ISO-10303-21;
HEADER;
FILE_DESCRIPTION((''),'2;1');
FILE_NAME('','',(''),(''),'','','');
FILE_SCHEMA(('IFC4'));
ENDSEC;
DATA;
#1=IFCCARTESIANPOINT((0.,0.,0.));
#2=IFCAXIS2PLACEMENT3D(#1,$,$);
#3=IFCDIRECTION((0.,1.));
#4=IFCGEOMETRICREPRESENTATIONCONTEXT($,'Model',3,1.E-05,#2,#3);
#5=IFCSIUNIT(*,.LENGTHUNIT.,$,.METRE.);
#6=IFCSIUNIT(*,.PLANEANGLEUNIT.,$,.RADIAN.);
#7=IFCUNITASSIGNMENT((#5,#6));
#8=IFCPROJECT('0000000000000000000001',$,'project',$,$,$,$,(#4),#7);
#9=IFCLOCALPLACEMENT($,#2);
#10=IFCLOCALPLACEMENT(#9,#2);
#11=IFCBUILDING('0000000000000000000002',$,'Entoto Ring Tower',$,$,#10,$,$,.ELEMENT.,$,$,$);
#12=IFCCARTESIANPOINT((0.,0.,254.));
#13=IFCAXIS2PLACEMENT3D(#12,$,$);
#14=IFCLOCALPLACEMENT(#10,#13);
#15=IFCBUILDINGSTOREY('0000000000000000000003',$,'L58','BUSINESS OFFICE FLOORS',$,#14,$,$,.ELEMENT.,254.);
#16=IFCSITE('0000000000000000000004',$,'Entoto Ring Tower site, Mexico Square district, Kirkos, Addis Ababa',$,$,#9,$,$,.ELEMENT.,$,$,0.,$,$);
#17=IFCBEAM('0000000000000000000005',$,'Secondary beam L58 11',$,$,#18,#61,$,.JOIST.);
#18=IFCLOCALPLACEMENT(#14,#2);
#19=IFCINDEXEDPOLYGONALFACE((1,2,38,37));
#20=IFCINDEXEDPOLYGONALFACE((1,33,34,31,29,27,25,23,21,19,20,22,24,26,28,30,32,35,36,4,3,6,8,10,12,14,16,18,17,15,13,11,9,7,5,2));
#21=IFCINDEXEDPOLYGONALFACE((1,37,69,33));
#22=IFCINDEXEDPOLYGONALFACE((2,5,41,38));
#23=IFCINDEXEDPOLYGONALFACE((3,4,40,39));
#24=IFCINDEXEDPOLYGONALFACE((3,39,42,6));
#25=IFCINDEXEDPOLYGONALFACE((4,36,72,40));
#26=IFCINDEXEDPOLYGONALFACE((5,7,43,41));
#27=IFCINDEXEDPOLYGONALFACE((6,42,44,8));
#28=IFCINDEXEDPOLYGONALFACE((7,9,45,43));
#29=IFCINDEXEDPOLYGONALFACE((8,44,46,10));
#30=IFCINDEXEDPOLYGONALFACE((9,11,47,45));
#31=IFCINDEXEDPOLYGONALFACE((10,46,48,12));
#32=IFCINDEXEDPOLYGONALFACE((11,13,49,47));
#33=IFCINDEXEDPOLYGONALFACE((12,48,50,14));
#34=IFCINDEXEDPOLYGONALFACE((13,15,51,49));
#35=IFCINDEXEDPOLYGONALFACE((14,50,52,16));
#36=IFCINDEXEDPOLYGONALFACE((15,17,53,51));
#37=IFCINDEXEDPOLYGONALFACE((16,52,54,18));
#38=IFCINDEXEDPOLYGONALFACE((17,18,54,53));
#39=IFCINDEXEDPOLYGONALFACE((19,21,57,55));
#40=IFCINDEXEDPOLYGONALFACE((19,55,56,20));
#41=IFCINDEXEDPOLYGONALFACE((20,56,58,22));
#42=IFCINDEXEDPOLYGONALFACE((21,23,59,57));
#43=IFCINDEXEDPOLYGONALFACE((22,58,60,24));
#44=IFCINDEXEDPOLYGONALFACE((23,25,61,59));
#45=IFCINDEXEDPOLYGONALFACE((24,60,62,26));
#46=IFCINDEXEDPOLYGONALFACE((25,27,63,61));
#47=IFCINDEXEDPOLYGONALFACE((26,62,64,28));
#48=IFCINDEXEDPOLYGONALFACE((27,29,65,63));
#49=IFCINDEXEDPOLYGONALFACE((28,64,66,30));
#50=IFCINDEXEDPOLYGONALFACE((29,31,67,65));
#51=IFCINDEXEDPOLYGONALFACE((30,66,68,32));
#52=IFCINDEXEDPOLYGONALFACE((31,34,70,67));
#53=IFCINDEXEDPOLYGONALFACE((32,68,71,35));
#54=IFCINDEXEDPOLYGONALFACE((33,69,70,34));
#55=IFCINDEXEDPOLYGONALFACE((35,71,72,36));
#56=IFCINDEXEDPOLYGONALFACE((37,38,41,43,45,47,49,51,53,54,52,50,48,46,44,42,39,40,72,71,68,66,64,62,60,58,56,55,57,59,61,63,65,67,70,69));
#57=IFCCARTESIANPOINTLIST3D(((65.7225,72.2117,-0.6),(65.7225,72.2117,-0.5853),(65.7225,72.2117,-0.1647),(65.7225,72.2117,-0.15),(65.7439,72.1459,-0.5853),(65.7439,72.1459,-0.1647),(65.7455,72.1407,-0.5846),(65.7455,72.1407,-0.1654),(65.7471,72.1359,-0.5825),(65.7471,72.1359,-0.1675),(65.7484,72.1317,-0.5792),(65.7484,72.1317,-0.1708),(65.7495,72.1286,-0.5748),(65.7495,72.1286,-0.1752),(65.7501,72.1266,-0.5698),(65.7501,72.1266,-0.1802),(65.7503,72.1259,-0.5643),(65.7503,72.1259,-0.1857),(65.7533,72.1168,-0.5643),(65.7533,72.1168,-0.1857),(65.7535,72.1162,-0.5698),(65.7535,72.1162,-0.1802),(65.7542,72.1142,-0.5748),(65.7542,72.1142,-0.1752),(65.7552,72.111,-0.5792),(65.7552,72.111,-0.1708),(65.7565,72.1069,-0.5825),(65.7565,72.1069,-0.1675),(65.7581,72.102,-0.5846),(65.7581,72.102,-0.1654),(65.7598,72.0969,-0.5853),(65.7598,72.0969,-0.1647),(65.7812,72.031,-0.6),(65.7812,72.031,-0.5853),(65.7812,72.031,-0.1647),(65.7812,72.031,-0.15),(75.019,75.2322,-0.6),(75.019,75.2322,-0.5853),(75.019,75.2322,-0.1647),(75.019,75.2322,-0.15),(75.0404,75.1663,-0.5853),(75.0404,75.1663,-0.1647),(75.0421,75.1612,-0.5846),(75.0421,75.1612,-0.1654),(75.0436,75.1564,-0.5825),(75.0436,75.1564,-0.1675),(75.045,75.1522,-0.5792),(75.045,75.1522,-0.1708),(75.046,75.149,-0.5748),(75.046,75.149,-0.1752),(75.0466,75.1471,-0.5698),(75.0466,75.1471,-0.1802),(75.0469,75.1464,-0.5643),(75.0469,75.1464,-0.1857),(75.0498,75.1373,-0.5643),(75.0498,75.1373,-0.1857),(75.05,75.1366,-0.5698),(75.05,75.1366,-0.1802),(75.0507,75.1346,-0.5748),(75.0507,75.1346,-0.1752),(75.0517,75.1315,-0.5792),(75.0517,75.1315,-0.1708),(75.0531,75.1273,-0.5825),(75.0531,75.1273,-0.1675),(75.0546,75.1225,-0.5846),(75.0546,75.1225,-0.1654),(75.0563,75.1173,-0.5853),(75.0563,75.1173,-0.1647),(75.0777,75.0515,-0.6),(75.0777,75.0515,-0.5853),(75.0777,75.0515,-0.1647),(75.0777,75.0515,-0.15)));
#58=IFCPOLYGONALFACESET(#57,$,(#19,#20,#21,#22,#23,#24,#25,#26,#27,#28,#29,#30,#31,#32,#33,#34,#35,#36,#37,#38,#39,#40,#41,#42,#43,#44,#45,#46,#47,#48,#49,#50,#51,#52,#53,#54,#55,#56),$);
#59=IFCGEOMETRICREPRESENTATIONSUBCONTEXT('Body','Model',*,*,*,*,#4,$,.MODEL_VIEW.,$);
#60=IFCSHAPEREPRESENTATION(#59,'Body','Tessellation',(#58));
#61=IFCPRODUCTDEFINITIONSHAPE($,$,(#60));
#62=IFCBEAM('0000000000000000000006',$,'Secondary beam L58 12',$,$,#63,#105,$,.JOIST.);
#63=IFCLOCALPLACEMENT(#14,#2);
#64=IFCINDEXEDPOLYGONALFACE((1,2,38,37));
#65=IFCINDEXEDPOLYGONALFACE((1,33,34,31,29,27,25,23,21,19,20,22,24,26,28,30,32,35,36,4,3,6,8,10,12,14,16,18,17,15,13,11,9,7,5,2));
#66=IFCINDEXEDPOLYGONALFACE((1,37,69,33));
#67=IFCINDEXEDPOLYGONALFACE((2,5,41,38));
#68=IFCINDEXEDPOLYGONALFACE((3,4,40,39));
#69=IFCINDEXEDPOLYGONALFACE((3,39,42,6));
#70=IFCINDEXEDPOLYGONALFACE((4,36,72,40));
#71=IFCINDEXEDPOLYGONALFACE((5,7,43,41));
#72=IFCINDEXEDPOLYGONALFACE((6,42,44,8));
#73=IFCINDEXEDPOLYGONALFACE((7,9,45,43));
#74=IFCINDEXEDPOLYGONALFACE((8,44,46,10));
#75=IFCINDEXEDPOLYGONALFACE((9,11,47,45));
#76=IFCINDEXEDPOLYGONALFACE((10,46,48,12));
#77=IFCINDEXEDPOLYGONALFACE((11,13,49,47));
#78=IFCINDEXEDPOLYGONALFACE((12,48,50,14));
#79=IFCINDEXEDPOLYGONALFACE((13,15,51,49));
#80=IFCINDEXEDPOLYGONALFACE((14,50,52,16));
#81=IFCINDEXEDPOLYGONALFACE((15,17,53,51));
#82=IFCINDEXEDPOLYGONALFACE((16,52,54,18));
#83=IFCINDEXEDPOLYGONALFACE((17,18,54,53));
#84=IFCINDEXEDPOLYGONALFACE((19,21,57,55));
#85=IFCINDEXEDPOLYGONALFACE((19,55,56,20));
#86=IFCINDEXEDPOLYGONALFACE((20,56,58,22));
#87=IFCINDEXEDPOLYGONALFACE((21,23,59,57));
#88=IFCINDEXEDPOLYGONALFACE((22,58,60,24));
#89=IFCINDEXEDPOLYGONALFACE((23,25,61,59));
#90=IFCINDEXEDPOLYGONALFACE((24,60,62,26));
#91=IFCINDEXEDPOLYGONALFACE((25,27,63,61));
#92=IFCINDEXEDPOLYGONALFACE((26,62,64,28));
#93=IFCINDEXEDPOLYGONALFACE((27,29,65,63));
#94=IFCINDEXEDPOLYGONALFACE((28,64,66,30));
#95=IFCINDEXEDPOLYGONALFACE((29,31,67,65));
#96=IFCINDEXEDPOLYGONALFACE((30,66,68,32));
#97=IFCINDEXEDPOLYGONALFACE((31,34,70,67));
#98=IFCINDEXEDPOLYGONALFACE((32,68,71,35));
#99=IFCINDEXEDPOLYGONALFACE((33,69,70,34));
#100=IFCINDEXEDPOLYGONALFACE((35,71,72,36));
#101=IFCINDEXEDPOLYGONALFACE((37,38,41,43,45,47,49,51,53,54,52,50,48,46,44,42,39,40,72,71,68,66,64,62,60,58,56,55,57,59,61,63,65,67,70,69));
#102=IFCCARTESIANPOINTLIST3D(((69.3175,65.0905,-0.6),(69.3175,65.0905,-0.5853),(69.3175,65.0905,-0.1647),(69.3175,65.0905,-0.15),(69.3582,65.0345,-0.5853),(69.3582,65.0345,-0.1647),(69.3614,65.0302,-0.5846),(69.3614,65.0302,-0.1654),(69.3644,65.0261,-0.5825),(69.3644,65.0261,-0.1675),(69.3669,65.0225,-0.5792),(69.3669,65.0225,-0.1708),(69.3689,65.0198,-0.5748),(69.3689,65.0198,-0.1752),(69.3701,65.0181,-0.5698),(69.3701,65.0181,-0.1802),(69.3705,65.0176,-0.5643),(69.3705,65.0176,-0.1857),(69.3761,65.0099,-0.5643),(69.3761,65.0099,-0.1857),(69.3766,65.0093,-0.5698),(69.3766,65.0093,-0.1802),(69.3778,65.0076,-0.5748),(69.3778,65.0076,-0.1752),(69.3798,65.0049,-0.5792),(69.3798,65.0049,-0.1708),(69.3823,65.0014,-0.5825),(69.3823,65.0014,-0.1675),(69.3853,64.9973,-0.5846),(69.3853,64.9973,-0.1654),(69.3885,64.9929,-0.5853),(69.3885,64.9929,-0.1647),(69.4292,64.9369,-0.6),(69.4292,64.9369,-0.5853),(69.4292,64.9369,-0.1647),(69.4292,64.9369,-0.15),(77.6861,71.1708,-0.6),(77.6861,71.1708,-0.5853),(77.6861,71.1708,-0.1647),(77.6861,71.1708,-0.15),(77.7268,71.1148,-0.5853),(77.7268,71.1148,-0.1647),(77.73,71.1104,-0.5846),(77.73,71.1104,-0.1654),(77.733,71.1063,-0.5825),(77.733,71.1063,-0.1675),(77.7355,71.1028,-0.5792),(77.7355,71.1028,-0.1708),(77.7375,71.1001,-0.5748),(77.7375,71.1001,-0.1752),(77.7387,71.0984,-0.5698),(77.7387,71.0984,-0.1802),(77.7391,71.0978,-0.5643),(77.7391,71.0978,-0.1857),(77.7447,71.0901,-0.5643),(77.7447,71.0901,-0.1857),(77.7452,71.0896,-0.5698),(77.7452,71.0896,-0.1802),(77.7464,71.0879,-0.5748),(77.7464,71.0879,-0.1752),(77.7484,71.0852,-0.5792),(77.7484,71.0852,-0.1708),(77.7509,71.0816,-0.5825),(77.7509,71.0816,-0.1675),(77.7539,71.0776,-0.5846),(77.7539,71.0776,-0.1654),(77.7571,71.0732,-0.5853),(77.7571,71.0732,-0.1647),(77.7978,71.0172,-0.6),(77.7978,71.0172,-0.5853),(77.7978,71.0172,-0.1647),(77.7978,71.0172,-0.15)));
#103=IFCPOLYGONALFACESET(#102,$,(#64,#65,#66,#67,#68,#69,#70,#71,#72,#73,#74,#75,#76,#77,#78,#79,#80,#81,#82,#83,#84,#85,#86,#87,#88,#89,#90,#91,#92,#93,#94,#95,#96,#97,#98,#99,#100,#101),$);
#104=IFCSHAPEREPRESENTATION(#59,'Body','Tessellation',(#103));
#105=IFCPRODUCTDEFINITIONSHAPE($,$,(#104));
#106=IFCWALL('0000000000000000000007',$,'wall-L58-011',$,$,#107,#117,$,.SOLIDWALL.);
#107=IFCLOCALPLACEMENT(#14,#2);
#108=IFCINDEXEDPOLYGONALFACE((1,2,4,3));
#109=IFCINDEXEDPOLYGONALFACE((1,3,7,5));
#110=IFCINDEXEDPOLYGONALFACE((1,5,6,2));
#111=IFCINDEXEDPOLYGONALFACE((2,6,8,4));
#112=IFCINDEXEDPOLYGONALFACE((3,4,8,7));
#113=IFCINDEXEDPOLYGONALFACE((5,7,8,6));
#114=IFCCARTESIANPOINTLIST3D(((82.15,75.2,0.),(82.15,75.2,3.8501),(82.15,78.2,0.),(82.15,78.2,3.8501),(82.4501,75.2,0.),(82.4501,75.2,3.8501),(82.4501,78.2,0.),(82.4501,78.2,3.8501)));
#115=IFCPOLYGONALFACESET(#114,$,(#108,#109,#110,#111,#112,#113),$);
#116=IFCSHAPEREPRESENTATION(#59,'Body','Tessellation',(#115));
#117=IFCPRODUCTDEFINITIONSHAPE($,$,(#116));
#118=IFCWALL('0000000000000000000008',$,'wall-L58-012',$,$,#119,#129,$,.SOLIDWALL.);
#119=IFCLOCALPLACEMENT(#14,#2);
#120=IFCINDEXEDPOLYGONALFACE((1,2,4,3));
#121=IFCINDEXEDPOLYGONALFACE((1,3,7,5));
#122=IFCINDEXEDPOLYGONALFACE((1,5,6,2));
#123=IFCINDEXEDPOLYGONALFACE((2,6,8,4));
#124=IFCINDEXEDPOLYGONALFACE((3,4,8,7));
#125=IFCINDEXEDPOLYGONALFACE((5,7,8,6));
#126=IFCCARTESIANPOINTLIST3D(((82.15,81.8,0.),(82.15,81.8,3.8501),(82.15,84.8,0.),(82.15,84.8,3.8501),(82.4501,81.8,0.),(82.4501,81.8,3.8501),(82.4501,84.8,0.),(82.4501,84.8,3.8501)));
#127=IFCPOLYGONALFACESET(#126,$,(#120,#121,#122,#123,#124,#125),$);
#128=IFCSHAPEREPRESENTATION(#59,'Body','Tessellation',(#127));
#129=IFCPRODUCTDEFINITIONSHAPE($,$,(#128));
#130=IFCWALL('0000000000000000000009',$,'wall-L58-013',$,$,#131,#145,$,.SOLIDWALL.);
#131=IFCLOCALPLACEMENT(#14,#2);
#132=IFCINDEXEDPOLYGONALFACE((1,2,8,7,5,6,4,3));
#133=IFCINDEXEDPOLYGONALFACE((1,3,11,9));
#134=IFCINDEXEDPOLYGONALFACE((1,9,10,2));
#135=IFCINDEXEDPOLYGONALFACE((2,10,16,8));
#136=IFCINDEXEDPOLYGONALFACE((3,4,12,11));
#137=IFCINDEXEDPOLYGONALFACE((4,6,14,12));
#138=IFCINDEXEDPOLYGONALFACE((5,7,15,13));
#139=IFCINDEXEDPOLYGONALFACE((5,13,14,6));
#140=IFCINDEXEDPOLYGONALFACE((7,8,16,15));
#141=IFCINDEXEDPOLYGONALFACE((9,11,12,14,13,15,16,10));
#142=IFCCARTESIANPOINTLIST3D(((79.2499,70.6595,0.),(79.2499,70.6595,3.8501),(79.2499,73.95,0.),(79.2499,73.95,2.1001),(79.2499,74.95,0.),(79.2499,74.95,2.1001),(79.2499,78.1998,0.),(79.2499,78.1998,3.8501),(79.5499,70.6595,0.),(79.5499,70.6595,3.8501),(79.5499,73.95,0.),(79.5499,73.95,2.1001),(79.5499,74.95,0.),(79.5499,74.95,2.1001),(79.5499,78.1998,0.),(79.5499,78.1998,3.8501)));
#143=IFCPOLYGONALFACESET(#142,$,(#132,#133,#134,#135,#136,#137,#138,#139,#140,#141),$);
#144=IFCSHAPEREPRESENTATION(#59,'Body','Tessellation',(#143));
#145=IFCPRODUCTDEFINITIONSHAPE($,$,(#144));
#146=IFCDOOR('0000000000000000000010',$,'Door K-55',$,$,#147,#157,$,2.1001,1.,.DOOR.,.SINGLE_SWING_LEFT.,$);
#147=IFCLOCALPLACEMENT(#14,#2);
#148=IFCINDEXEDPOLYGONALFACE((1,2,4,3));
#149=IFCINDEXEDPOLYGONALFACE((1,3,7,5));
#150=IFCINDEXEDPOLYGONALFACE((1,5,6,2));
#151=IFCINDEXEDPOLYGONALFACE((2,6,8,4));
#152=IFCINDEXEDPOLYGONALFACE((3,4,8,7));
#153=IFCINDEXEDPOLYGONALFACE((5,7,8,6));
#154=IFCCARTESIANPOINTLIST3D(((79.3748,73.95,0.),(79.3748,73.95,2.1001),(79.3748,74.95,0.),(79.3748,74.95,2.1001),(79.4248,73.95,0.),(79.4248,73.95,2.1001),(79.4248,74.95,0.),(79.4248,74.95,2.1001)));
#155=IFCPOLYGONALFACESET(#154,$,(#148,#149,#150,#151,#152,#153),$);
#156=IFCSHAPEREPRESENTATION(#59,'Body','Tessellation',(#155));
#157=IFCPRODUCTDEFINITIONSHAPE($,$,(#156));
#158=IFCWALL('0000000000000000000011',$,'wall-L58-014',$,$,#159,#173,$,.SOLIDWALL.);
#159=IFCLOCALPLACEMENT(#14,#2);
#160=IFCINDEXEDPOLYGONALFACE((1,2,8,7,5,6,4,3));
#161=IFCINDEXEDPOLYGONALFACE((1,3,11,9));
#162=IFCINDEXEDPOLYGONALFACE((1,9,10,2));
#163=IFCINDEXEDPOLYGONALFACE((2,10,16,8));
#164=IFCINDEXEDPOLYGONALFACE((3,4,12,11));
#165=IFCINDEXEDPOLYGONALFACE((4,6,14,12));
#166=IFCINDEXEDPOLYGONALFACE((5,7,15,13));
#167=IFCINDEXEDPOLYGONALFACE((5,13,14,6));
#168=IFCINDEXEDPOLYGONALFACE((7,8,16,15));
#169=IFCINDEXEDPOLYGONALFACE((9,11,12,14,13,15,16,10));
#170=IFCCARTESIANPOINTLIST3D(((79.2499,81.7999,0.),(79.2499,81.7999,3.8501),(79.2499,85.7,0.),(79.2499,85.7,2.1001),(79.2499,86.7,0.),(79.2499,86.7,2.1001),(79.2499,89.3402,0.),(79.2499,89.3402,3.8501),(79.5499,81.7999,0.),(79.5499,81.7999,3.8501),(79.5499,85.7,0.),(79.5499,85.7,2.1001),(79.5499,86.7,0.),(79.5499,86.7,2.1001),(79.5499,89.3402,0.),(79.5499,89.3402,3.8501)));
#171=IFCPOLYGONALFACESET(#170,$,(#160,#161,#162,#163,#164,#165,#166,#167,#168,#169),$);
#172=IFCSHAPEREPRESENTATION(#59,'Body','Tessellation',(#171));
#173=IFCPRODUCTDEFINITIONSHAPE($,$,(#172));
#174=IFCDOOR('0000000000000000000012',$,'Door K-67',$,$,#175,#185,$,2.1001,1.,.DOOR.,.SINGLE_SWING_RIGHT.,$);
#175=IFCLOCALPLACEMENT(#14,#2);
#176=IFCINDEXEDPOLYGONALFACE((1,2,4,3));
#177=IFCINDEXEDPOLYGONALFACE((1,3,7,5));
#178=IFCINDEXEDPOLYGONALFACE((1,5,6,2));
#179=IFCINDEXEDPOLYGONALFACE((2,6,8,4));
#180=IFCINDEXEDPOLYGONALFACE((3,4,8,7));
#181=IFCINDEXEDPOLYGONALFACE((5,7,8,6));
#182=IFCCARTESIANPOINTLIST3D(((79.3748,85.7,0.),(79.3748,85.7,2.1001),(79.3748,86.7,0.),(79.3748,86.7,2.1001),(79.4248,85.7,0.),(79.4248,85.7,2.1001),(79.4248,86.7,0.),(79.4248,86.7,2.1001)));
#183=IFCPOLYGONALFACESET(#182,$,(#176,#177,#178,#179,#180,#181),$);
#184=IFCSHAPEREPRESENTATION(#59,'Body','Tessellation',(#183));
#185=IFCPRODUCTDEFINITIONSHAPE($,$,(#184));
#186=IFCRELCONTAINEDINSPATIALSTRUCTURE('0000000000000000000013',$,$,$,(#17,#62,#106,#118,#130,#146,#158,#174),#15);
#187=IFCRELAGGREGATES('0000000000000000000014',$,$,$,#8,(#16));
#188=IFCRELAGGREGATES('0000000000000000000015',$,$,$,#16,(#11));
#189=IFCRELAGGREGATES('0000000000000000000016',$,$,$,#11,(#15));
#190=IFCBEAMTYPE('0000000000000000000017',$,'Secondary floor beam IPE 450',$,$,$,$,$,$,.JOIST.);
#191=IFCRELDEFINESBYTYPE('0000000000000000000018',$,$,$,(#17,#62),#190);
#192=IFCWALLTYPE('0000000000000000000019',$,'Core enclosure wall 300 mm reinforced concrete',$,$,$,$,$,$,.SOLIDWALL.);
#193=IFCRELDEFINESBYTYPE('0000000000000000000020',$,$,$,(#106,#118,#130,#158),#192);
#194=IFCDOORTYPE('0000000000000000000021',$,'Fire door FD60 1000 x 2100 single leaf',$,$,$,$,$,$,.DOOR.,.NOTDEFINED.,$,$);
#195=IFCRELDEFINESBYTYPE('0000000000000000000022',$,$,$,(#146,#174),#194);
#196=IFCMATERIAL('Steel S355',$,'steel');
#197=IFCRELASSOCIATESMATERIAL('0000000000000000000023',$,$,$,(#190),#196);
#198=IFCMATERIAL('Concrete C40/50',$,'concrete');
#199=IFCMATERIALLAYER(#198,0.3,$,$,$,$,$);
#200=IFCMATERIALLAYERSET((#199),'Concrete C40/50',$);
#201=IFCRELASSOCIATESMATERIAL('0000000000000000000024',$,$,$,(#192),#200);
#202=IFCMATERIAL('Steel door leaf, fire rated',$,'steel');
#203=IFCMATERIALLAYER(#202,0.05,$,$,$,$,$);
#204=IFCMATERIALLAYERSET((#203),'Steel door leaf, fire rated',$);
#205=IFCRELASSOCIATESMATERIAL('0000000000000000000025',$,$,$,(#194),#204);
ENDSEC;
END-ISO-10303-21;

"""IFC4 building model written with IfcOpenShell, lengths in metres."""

from ifc_helpers import new_model, si_unit, direction, frame, frame_2d, origin, origin_2d, place, context, subcontext, project, spatial, rectangle, i_section, extrude, material, layer, layer_set, material_profile, profile_set, type_object, element, fill, save


model = new_model("IFC4")

# Units and contexts
model_context = context("Model", 3, precision=1e-05, world=origin(), true_north=direction((0.0, 1.0)))
body_context = subcontext(model_context, "Body", "Model", "MODEL_VIEW")
ifc_project = project(units=[si_unit("LENGTHUNIT", "METRE"), si_unit("PLANEANGLEUNIT", "RADIAN")], contexts=[model_context])

# Site, building, storey
site_placement = place(None, origin())
site = spatial("IfcSite", under=ifc_project, at=site_placement, Name="Entoto Ring Tower site, Mexico Square district, Kirkos, Addis Ababa", CompositionType="ELEMENT", RefElevation=0.0)
building_placement = place(site_placement, origin())
building = spatial("IfcBuilding", under=site, at=building_placement, Name="Entoto Ring Tower", CompositionType="ELEMENT")
storey_placement = place(building_placement, frame((0.0, 0.0, 254.0)))
storey = spatial("IfcBuildingStorey", under=building, at=storey_placement, Name="L58", Description="BUSINESS OFFICE FLOORS", CompositionType="ELEMENT", Elevation=254.0)

# Beams
ifc_material_1 = material(Name="Steel S355", Category="steel")
ifc_material_profile_1 = material_profile(ifc_material_1, i_section(OverallWidth=0.1899, OverallDepth=0.45, WebThickness=0.0095, FlangeThickness=0.0146, FilletRadius=0.021, at=origin_2d()), Name="IPE 450")
ifc_profile_set_1 = profile_set([ifc_material_profile_1], Name="Steel S355")
beam_type_1 = type_object("IfcBeamType", Name="Secondary floor beam IPE 450", PredefinedType="JOIST", material=ifc_profile_set_1)
beam_1_placement = place(storey_placement, frame((75.0483, 75.1418, -0.375), z_axis=(-0.951061, -0.309003, 0.0), x_axis=(0.309003, -0.951061, 0.0)))
element("IfcBeam", 1, at=beam_1_placement, inside=storey, type_object=beam_type_1, Name="Secondary beam L58 11", PredefinedType="JOIST", context=body_context, shape_type="SweptSolid", body=[
    extrude(i_section(OverallWidth=0.1899, OverallDepth=0.45, WebThickness=0.0095, FlangeThickness=0.0146, FilletRadius=0.021, at=origin_2d()), origin(), (0.0, 0.0, 1.0), 9.7749),
])
beam_2_placement = place(storey_placement, frame((77.7419, 71.094, -0.375), z_axis=(-0.809011, -0.587794, 0.0), x_axis=(0.587794, -0.809011, 0.0)))
element("IfcBeam", 2, at=beam_2_placement, inside=storey, type_object=beam_type_1, Name="Secondary beam L58 12", PredefinedType="JOIST", context=body_context, shape_type="SweptSolid", body=[
    extrude(i_section(OverallWidth=0.1899, OverallDepth=0.45, WebThickness=0.0095, FlangeThickness=0.0146, FilletRadius=0.021, at=origin_2d()), origin(), (0.0, 0.0, 1.0), 10.3442),
])

# Walls
ifc_material_2 = material(Name="Concrete C40/50", Category="concrete")
ifc_layer_1 = layer(ifc_material_2, 0.3)
ifc_layer_set_1 = layer_set([ifc_layer_1], Name="Concrete C40/50")
wall_type_1 = type_object("IfcWallType", Name="Core enclosure wall 300 mm reinforced concrete", PredefinedType="SOLIDWALL", material=ifc_layer_set_1)
for number, where, z_axis, x_axis, name in (
    (3, (82.3, 75.2, 0.0), (0.0, 0.0, 1.0), (0.0, 1.0, 0.0), "wall-L58-011"),
    (4, (82.3, 81.8, 0.0), (0.0, 0.0, 1.0), (0.0, 1.0, 0.0), "wall-L58-012"),
):
    element("IfcWall", number, at=place(storey_placement, frame(where, z_axis=z_axis, x_axis=x_axis)), inside=storey, type_object=wall_type_1, Name=name, PredefinedType="SOLIDWALL", context=body_context, shape_type="SweptSolid", body=[
        extrude(rectangle(XDim=3.0, YDim=0.3, at=frame_2d((1.5, 0.0))), origin(), (0.0, 0.0, 1.0), 3.8501),
    ])

# Walls, openings, doors
wall_1_placement = place(storey_placement, frame((79.3999, 70.6597, 0.0), z_axis=(0.0, 0.0, 1.0), x_axis=(0.0, 1.0, 0.0)))
wall_1 = element("IfcWall", 5, at=wall_1_placement, inside=storey, type_object=wall_type_1, Name="wall-L58-013", PredefinedType="SOLIDWALL", context=body_context, shape_type="SweptSolid", body=[
    extrude(rectangle(XDim=7.5403, YDim=0.3, at=frame_2d((3.77, 0.0))), origin(), (0.0, 0.0, 1.0), 3.8501),
])
opening_1_placement = place(wall_1_placement, frame((3.2903, 0.0, 0.0)))
opening_1 = element("IfcOpeningElement", 6, at=opening_1_placement, cuts=wall_1, PredefinedType="OPENING", context=body_context, shape_type="SweptSolid", body=[
    extrude(rectangle(XDim=1.0, YDim=2.1001, at=frame_2d((0.5, 1.05))), frame((0.0, 0.1602, 0.0), z_axis=(0.0, -1.0, 0.0), x_axis=(1.0, 0.0, 0.0)), (0.0, 0.0, 1.0), 0.3201),
])
ifc_material_3 = material(Name="Steel door leaf, fire rated", Category="steel")
ifc_layer_2 = layer(ifc_material_3, 0.05)
ifc_layer_set_2 = layer_set([ifc_layer_2], Name="Steel door leaf, fire rated")
door_type_1 = type_object("IfcDoorType", Name="Fire door FD60 1000 x 2100 single leaf", OperationType="NOTDEFINED", PredefinedType="DOOR", material=ifc_layer_set_2)
door_1_placement = place(opening_1_placement, frame((1.0, 0.0, 0.0), z_axis=(0.0, 0.0, 1.0), x_axis=(-1.0, 0.0, 0.0)))
door_1 = element("IfcDoor", 7, at=door_1_placement, inside=storey, type_object=door_type_1, Name="Door K-55", OperationType="SINGLE_SWING_LEFT", OverallHeight=2.1001, OverallWidth=1.0, PredefinedType="DOOR", context=body_context, shape_type="SweptSolid", body=[
    extrude(rectangle(XDim=1.0, YDim=2.1001, at=frame_2d((0.5, 1.05))), frame((0.0, 0.0249, 0.0), z_axis=(0.0, -1.0, 0.0), x_axis=(1.0, 0.0, 0.0)), (0.0, 0.0, 1.0), 0.05),
])
fill(opening_1, door_1)
wall_2_placement = place(storey_placement, frame((79.3999, 81.8, 0.0), z_axis=(0.0, 0.0, 1.0), x_axis=(0.0, 1.0, 0.0)))
wall_2 = element("IfcWall", 8, at=wall_2_placement, inside=storey, type_object=wall_type_1, Name="wall-L58-014", PredefinedType="SOLIDWALL", context=body_context, shape_type="SweptSolid", body=[
    extrude(rectangle(XDim=7.5403, YDim=0.3, at=frame_2d((3.77, 0.0))), origin(), (0.0, 0.0, 1.0), 3.8501),
])
opening_2_placement = place(wall_2_placement, frame((3.8999, 0.0, 0.0)))
opening_2 = element("IfcOpeningElement", 9, at=opening_2_placement, cuts=wall_2, PredefinedType="OPENING", context=body_context, shape_type="SweptSolid", body=[
    extrude(rectangle(XDim=1.0, YDim=2.1001, at=frame_2d((0.5, 1.05))), frame((0.0, 0.1602, 0.0), z_axis=(0.0, -1.0, 0.0), x_axis=(1.0, 0.0, 0.0)), (0.0, 0.0, 1.0), 0.3201),
])
door_2_placement = place(opening_2_placement, frame((1.0, 0.0, 0.0), z_axis=(0.0, 0.0, 1.0), x_axis=(-1.0, 0.0, 0.0)))
door_2 = element("IfcDoor", 10, at=door_2_placement, inside=storey, type_object=door_type_1, Name="Door K-67", OperationType="SINGLE_SWING_RIGHT", OverallHeight=2.1001, OverallWidth=1.0, PredefinedType="DOOR", context=body_context, shape_type="SweptSolid", body=[
    extrude(rectangle(XDim=1.0, YDim=2.1001, at=frame_2d((0.5, 1.05))), frame((0.0, 0.0249, 0.0), z_axis=(0.0, -1.0, 0.0), x_axis=(1.0, 0.0, 0.0)), (0.0, 0.0, 1.0), 0.05),
])
fill(opening_2, door_2)

save(model, "model.ifc")
